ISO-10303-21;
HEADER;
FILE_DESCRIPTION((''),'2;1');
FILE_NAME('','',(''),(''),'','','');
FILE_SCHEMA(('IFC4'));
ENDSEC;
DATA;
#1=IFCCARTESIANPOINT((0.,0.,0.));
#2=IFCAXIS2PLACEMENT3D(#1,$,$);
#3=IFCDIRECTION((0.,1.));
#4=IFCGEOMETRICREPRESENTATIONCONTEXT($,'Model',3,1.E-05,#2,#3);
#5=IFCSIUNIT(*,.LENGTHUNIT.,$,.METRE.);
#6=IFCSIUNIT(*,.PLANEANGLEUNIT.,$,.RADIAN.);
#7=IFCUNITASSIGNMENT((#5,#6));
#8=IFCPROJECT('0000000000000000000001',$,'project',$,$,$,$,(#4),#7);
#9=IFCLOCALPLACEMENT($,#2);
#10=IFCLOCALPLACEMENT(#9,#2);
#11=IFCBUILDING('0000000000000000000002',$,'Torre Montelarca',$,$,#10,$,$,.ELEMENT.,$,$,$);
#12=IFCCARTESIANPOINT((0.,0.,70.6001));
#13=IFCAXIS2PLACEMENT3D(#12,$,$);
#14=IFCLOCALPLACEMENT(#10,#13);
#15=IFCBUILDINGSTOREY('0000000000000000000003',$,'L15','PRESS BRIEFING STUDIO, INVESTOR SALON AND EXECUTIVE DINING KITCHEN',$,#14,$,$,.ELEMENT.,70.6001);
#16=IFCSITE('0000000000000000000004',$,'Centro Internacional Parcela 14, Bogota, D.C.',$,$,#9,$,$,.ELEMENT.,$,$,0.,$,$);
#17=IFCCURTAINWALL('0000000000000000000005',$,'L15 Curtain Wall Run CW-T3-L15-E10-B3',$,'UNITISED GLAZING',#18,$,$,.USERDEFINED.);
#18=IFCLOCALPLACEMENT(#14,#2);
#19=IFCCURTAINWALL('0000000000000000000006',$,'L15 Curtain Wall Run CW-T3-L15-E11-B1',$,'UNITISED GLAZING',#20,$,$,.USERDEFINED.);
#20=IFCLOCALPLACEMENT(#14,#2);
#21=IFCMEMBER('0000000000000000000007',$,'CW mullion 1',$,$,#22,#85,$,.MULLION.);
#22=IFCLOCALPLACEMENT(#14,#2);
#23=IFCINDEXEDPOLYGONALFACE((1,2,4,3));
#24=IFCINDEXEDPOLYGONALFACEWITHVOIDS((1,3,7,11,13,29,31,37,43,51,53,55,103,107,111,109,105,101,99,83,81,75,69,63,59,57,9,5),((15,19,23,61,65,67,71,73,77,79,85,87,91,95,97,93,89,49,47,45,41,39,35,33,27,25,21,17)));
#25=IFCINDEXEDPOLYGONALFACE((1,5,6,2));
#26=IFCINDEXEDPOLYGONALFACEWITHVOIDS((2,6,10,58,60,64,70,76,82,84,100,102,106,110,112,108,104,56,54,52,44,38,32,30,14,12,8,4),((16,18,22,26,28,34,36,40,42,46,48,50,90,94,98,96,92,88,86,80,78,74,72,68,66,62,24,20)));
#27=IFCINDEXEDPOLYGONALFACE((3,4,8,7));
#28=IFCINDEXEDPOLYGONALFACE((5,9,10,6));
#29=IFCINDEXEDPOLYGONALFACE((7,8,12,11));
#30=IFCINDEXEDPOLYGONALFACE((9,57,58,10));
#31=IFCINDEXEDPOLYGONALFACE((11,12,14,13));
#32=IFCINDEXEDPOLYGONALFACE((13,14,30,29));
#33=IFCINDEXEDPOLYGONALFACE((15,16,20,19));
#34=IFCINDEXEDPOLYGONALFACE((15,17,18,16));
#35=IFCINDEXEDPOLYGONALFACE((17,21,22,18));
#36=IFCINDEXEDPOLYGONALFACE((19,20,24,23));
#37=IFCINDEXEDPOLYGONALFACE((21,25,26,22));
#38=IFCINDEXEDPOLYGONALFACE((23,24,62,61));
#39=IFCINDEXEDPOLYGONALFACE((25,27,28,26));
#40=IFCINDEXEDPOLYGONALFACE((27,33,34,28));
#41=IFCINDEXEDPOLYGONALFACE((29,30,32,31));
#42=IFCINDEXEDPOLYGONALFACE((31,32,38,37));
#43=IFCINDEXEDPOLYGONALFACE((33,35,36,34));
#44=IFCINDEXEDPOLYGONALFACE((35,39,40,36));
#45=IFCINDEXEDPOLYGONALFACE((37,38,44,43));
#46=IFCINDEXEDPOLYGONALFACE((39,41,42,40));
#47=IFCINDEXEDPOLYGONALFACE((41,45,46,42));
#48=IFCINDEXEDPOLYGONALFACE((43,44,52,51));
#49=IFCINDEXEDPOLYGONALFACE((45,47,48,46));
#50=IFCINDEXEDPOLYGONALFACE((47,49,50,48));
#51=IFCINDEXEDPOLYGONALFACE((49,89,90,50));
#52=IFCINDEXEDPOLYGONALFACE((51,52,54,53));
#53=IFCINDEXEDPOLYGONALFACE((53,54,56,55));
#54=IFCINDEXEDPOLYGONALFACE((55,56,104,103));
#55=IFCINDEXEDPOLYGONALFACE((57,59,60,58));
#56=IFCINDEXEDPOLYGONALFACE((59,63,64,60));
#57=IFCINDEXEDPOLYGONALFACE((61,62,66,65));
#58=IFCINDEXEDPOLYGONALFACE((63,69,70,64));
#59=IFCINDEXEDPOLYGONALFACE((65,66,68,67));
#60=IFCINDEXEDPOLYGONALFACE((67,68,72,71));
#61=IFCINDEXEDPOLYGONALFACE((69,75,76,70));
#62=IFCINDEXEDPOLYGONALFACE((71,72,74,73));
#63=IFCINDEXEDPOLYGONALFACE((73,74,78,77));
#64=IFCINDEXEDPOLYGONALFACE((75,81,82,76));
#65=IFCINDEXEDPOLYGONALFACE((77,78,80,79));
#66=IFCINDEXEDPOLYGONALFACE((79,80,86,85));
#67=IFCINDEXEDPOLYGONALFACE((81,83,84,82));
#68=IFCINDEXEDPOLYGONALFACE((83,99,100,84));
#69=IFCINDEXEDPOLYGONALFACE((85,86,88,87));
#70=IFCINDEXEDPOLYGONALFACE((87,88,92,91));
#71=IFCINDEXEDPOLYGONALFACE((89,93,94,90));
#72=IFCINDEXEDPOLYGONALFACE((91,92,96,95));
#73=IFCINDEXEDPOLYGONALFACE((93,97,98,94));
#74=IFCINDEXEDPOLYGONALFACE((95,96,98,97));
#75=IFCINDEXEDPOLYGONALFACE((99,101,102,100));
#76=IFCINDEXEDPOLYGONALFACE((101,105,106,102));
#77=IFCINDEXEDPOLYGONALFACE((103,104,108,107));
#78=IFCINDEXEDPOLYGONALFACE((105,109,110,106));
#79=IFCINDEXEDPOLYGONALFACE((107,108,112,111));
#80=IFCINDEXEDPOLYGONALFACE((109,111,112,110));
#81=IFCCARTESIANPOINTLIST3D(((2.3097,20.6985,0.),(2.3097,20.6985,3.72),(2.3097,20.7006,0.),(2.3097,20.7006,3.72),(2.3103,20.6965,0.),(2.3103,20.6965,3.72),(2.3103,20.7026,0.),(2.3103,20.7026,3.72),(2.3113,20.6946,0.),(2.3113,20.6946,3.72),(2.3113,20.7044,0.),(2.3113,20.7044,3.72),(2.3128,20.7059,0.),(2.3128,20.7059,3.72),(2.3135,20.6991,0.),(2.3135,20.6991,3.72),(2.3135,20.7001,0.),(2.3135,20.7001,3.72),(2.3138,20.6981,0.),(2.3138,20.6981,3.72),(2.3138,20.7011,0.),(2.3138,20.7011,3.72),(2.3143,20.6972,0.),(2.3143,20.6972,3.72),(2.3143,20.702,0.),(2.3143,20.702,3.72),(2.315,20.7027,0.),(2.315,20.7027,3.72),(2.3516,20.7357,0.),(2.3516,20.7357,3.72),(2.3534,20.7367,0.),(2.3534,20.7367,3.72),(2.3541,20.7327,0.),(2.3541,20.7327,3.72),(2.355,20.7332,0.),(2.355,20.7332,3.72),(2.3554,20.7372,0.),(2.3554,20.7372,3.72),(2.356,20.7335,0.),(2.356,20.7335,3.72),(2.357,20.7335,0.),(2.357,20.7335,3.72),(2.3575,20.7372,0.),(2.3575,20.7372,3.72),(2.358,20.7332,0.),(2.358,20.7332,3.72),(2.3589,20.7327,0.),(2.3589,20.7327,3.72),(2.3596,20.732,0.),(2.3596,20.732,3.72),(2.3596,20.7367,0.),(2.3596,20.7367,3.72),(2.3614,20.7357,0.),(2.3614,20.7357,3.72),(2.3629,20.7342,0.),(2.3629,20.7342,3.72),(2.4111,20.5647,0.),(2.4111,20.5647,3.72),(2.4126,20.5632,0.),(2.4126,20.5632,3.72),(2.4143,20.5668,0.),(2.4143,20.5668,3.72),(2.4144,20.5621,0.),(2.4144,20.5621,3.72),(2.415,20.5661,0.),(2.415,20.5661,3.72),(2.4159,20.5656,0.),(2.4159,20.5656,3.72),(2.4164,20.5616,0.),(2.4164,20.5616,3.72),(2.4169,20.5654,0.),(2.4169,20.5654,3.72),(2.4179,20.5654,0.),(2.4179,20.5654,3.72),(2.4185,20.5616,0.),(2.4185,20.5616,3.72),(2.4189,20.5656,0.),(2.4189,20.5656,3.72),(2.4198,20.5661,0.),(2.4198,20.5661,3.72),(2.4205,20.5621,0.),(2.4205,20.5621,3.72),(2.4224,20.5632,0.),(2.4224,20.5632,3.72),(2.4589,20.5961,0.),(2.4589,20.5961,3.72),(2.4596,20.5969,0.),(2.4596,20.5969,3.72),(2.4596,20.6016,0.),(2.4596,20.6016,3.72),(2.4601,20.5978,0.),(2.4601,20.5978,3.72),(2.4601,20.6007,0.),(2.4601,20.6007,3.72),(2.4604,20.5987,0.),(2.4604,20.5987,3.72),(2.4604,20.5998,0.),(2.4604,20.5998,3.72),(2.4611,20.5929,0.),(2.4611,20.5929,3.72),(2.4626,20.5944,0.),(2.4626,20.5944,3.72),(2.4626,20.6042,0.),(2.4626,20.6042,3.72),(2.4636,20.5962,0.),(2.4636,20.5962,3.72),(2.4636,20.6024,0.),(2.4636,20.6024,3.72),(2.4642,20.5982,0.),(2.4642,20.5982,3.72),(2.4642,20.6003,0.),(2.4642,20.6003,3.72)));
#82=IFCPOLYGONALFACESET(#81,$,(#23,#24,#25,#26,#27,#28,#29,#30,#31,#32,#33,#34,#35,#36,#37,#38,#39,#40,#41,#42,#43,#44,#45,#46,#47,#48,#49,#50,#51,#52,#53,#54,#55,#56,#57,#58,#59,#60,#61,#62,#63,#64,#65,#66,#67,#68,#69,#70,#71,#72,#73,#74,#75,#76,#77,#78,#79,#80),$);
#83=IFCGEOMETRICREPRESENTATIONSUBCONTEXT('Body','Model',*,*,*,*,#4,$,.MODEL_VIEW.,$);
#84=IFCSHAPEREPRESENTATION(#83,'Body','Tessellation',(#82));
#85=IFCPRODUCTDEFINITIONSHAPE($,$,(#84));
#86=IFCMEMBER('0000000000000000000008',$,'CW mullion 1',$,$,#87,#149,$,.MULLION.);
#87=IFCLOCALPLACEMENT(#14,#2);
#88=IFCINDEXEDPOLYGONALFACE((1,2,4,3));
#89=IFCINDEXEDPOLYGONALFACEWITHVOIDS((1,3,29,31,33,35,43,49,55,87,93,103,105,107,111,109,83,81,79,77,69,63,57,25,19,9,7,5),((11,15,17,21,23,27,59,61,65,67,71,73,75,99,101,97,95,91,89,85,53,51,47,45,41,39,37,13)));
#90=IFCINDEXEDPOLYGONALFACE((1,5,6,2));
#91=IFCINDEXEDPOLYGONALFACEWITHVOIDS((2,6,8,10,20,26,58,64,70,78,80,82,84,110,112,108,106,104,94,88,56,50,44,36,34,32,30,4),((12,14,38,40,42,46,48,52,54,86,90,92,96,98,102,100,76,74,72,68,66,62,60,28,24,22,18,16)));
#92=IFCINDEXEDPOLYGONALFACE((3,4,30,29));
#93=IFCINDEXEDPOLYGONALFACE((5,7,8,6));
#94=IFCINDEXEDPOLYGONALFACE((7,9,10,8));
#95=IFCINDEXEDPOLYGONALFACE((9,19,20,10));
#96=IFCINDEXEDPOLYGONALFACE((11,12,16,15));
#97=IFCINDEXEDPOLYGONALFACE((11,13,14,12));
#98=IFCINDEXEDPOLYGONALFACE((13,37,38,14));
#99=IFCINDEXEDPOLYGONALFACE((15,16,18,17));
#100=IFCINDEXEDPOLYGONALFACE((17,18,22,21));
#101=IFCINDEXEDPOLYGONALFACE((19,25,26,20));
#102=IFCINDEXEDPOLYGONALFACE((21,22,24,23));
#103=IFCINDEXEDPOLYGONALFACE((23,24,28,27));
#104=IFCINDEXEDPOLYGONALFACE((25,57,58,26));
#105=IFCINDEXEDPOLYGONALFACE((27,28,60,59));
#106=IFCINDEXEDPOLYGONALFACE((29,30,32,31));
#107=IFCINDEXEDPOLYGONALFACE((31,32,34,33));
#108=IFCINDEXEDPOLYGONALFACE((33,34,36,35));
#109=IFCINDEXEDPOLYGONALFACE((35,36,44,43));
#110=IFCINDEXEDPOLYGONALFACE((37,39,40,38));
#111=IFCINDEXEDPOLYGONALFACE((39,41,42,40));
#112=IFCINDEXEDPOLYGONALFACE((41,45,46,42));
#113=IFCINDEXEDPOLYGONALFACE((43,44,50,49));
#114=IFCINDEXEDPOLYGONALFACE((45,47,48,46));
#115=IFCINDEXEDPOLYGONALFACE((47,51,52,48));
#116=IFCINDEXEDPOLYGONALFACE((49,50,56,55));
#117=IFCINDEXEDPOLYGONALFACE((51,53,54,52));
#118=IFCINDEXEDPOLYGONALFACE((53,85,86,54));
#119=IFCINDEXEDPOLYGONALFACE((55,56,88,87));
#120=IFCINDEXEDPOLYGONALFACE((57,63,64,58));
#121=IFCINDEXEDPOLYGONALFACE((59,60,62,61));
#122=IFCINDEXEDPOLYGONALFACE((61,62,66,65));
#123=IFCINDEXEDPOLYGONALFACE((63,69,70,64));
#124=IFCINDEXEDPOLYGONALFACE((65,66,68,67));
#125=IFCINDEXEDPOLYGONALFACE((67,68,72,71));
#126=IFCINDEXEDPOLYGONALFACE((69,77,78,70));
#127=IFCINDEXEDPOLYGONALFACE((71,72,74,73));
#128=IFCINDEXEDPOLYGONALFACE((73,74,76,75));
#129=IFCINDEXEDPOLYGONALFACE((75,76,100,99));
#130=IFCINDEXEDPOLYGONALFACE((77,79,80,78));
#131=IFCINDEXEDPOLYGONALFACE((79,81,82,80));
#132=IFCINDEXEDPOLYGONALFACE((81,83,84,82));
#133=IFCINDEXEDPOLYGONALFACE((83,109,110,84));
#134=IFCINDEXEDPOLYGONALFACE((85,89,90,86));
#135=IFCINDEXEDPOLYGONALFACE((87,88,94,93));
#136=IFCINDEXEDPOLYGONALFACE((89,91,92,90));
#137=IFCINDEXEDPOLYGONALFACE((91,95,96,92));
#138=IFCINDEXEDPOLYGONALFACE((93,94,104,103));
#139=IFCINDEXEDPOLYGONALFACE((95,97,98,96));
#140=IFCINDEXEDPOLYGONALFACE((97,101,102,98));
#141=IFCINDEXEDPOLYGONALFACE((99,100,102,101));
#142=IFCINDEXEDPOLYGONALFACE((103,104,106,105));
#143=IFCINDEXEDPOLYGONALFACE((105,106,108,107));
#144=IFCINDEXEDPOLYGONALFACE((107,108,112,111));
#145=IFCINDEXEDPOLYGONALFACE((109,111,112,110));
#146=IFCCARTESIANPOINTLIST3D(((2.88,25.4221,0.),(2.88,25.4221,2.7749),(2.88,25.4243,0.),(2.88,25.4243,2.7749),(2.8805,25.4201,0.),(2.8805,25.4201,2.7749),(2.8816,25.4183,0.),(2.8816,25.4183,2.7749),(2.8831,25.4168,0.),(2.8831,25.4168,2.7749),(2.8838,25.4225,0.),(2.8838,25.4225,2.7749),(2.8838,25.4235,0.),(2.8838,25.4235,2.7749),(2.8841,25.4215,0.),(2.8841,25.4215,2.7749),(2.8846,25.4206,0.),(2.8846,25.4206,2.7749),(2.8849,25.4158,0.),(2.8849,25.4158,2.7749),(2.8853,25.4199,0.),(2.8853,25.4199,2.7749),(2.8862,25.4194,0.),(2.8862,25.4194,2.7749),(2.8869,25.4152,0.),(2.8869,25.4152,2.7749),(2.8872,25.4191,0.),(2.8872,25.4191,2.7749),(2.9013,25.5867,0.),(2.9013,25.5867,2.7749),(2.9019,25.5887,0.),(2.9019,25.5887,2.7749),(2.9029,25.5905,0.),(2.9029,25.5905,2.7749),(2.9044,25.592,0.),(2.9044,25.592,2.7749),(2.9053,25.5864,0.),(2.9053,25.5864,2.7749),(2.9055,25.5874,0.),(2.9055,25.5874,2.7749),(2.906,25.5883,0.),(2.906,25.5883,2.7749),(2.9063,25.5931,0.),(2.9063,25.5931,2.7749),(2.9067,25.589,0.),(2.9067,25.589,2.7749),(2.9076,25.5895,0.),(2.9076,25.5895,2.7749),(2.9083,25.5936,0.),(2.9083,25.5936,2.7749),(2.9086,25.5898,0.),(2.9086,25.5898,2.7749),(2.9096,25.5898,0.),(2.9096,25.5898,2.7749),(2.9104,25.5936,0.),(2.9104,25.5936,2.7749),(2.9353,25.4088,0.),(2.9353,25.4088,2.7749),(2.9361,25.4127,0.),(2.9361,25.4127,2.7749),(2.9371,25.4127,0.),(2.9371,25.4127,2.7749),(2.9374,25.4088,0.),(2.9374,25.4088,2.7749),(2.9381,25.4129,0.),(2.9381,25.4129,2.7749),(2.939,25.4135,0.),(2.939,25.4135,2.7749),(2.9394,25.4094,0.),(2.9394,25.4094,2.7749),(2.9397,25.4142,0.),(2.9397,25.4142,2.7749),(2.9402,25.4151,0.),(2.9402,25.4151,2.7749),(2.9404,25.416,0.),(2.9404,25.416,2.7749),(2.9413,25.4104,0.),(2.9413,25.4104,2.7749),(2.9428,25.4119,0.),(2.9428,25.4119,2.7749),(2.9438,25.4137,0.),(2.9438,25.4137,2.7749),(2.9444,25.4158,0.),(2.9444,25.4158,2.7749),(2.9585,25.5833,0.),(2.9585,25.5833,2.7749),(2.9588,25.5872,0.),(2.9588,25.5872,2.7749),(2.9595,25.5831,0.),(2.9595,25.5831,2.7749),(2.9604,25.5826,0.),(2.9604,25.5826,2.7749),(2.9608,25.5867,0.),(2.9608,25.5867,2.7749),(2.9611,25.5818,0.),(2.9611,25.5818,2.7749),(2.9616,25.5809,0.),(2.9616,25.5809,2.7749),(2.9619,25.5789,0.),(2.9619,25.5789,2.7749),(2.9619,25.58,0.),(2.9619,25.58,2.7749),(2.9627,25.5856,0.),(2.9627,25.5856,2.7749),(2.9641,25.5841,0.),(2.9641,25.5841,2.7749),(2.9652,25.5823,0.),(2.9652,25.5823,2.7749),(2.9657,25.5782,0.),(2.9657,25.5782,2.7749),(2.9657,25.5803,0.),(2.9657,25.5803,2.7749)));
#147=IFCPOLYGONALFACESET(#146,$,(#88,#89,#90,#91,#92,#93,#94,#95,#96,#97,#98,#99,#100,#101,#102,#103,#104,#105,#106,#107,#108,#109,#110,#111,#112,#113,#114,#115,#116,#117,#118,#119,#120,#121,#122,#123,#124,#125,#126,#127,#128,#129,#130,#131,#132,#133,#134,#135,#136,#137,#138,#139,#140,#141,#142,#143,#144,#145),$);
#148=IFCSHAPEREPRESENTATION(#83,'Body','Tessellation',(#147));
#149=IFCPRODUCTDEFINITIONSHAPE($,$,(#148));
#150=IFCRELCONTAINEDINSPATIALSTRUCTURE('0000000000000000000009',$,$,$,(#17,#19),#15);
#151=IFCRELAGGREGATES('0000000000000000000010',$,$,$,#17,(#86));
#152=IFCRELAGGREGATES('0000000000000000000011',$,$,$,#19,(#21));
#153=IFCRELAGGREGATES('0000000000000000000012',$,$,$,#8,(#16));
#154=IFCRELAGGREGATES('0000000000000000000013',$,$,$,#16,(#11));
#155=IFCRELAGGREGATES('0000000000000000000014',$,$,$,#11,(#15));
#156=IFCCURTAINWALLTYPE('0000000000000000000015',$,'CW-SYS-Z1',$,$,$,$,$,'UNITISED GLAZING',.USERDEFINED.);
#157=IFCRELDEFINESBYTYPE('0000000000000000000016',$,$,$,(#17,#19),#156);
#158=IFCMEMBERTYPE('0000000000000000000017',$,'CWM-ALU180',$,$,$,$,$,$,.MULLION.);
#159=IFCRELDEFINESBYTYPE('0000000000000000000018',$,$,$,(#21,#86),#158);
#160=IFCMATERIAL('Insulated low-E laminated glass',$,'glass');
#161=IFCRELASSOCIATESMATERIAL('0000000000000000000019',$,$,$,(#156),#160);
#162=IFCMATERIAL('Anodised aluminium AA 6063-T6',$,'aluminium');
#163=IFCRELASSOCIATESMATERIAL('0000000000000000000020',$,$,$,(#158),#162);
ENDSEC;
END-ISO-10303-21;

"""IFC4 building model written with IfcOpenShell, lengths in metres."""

from ifc_helpers import new_model, si_unit, direction, frame, origin, origin_2d, place, context, subcontext, project, spatial, hollow_rectangle, extrude, source, transform, mapped, material, material_profile, profile_set, type_object, element, aggregate, save


model = new_model("IFC4")

# Units and contexts
model_context = context("Model", 3, precision=1e-05, world=origin(), true_north=direction((0.0, 1.0)))
body_context = subcontext(model_context, "Body", "Model", "MODEL_VIEW")
ifc_project = project(units=[si_unit("LENGTHUNIT", "METRE"), si_unit("PLANEANGLEUNIT", "RADIAN")], contexts=[model_context])

# Site, building, storey
site_placement = place(None, origin())
site = spatial("IfcSite", under=ifc_project, at=site_placement, Name="Centro Internacional Parcela 14, Bogota, D.C.", CompositionType="ELEMENT", RefElevation=0.0)
building_placement = place(site_placement, origin())
building = spatial("IfcBuilding", under=site, at=building_placement, Name="Torre Montelarca", CompositionType="ELEMENT")
storey_placement = place(building_placement, frame((0.0, 0.0, 70.6001)))
storey = spatial("IfcBuildingStorey", under=building, at=storey_placement, Name="L15", Description="PRESS BRIEFING STUDIO, INVESTOR SALON AND EXECUTIVE DINING KITCHEN", CompositionType="ELEMENT", Elevation=70.6001)

# Curtain walls, member
ifc_material_1 = material(Name="Insulated low-E laminated glass", Category="glass")
curtain_wall_type = type_object("IfcCurtainWallType", Name="CW-SYS-Z1", ElementType="UNITISED GLAZING", PredefinedType="USERDEFINED", material=ifc_material_1)
curtain_wall_1_placement = place(storey_placement, origin())
curtain_wall_1 = element("IfcCurtainWall", 1, at=curtain_wall_1_placement, inside=storey, type_object=curtain_wall_type, Name="L15 Curtain Wall Run CW-T3-L15-E10-B3", ObjectType="UNITISED GLAZING", PredefinedType="USERDEFINED")
ifc_material_2 = material(Name="Anodised aluminium AA 6063-T6", Category="aluminium")
curtain_wall_2_placement = place(storey_placement, origin())
curtain_wall_2 = element("IfcCurtainWall", 2, at=curtain_wall_2_placement, inside=storey, type_object=curtain_wall_type, Name="L15 Curtain Wall Run CW-T3-L15-E11-B1", ObjectType="UNITISED GLAZING", PredefinedType="USERDEFINED")
ifc_material_profile_1 = material_profile(ifc_material_2, hollow_rectangle(XDim=0.0649, YDim=0.1799, WallThickness=0.0039, InnerFilletRadius=0.0039, OuterFilletRadius=0.0081, at=origin_2d()), Name="ALU65X180X4", Category="aluminium")
ifc_profile_set_1 = profile_set([ifc_material_profile_1], Name="Anodised aluminium AA 6063-T6")
member_type_1 = type_object("IfcMemberType", Name="CWM-ALU180", PredefinedType="MULLION", material=ifc_profile_set_1)
shared_shape_1 = source(origin(), body_context, "Body", "SweptSolid", [
    extrude(hollow_rectangle(XDim=0.0649, YDim=0.1799, WallThickness=0.0039, InnerFilletRadius=0.0039, OuterFilletRadius=0.0081, at=origin_2d()), origin(), (0.0, 0.0, 1.0), 3.72),
])
member_1_placement = place(storey_placement, frame((2.387, 20.6494, 0.0), z_axis=(0.0, 0.0, 1.0), x_axis=(0.793352, 0.608763, 0.0)))
member_1 = element("IfcMember", 3, at=member_1_placement, type_object=member_type_1, Name="CW mullion 1", PredefinedType="MULLION", context=body_context, shape_type="MappedRepresentation", body=[
    mapped(shared_shape_1, transform((0.0, 0.0, 0.0), scale=1.0)),
])

# Member
shared_shape_2 = source(origin(), body_context, "Body", "SweptSolid", [
    extrude(hollow_rectangle(XDim=0.0649, YDim=0.1799, WallThickness=0.0039, InnerFilletRadius=0.0039, OuterFilletRadius=0.0081, at=origin_2d()), origin(), (0.0, 0.0, 1.0), 2.7749),
])
member_2_placement = place(storey_placement, frame((2.9229, 25.5012, 0.0), z_axis=(0.0, 0.0, 1.0), x_axis=(0.991445, -0.130526, 0.0)))
member_2 = element("IfcMember", 4, at=member_2_placement, type_object=member_type_1, Name="CW mullion 1", PredefinedType="MULLION", context=body_context, shape_type="MappedRepresentation", body=[
    mapped(shared_shape_2, transform((0.0, 0.0, 0.0), scale=1.0)),
])

aggregate(curtain_wall_1, [member_2])
aggregate(curtain_wall_2, [member_1])

save(model, "model.ifc")
